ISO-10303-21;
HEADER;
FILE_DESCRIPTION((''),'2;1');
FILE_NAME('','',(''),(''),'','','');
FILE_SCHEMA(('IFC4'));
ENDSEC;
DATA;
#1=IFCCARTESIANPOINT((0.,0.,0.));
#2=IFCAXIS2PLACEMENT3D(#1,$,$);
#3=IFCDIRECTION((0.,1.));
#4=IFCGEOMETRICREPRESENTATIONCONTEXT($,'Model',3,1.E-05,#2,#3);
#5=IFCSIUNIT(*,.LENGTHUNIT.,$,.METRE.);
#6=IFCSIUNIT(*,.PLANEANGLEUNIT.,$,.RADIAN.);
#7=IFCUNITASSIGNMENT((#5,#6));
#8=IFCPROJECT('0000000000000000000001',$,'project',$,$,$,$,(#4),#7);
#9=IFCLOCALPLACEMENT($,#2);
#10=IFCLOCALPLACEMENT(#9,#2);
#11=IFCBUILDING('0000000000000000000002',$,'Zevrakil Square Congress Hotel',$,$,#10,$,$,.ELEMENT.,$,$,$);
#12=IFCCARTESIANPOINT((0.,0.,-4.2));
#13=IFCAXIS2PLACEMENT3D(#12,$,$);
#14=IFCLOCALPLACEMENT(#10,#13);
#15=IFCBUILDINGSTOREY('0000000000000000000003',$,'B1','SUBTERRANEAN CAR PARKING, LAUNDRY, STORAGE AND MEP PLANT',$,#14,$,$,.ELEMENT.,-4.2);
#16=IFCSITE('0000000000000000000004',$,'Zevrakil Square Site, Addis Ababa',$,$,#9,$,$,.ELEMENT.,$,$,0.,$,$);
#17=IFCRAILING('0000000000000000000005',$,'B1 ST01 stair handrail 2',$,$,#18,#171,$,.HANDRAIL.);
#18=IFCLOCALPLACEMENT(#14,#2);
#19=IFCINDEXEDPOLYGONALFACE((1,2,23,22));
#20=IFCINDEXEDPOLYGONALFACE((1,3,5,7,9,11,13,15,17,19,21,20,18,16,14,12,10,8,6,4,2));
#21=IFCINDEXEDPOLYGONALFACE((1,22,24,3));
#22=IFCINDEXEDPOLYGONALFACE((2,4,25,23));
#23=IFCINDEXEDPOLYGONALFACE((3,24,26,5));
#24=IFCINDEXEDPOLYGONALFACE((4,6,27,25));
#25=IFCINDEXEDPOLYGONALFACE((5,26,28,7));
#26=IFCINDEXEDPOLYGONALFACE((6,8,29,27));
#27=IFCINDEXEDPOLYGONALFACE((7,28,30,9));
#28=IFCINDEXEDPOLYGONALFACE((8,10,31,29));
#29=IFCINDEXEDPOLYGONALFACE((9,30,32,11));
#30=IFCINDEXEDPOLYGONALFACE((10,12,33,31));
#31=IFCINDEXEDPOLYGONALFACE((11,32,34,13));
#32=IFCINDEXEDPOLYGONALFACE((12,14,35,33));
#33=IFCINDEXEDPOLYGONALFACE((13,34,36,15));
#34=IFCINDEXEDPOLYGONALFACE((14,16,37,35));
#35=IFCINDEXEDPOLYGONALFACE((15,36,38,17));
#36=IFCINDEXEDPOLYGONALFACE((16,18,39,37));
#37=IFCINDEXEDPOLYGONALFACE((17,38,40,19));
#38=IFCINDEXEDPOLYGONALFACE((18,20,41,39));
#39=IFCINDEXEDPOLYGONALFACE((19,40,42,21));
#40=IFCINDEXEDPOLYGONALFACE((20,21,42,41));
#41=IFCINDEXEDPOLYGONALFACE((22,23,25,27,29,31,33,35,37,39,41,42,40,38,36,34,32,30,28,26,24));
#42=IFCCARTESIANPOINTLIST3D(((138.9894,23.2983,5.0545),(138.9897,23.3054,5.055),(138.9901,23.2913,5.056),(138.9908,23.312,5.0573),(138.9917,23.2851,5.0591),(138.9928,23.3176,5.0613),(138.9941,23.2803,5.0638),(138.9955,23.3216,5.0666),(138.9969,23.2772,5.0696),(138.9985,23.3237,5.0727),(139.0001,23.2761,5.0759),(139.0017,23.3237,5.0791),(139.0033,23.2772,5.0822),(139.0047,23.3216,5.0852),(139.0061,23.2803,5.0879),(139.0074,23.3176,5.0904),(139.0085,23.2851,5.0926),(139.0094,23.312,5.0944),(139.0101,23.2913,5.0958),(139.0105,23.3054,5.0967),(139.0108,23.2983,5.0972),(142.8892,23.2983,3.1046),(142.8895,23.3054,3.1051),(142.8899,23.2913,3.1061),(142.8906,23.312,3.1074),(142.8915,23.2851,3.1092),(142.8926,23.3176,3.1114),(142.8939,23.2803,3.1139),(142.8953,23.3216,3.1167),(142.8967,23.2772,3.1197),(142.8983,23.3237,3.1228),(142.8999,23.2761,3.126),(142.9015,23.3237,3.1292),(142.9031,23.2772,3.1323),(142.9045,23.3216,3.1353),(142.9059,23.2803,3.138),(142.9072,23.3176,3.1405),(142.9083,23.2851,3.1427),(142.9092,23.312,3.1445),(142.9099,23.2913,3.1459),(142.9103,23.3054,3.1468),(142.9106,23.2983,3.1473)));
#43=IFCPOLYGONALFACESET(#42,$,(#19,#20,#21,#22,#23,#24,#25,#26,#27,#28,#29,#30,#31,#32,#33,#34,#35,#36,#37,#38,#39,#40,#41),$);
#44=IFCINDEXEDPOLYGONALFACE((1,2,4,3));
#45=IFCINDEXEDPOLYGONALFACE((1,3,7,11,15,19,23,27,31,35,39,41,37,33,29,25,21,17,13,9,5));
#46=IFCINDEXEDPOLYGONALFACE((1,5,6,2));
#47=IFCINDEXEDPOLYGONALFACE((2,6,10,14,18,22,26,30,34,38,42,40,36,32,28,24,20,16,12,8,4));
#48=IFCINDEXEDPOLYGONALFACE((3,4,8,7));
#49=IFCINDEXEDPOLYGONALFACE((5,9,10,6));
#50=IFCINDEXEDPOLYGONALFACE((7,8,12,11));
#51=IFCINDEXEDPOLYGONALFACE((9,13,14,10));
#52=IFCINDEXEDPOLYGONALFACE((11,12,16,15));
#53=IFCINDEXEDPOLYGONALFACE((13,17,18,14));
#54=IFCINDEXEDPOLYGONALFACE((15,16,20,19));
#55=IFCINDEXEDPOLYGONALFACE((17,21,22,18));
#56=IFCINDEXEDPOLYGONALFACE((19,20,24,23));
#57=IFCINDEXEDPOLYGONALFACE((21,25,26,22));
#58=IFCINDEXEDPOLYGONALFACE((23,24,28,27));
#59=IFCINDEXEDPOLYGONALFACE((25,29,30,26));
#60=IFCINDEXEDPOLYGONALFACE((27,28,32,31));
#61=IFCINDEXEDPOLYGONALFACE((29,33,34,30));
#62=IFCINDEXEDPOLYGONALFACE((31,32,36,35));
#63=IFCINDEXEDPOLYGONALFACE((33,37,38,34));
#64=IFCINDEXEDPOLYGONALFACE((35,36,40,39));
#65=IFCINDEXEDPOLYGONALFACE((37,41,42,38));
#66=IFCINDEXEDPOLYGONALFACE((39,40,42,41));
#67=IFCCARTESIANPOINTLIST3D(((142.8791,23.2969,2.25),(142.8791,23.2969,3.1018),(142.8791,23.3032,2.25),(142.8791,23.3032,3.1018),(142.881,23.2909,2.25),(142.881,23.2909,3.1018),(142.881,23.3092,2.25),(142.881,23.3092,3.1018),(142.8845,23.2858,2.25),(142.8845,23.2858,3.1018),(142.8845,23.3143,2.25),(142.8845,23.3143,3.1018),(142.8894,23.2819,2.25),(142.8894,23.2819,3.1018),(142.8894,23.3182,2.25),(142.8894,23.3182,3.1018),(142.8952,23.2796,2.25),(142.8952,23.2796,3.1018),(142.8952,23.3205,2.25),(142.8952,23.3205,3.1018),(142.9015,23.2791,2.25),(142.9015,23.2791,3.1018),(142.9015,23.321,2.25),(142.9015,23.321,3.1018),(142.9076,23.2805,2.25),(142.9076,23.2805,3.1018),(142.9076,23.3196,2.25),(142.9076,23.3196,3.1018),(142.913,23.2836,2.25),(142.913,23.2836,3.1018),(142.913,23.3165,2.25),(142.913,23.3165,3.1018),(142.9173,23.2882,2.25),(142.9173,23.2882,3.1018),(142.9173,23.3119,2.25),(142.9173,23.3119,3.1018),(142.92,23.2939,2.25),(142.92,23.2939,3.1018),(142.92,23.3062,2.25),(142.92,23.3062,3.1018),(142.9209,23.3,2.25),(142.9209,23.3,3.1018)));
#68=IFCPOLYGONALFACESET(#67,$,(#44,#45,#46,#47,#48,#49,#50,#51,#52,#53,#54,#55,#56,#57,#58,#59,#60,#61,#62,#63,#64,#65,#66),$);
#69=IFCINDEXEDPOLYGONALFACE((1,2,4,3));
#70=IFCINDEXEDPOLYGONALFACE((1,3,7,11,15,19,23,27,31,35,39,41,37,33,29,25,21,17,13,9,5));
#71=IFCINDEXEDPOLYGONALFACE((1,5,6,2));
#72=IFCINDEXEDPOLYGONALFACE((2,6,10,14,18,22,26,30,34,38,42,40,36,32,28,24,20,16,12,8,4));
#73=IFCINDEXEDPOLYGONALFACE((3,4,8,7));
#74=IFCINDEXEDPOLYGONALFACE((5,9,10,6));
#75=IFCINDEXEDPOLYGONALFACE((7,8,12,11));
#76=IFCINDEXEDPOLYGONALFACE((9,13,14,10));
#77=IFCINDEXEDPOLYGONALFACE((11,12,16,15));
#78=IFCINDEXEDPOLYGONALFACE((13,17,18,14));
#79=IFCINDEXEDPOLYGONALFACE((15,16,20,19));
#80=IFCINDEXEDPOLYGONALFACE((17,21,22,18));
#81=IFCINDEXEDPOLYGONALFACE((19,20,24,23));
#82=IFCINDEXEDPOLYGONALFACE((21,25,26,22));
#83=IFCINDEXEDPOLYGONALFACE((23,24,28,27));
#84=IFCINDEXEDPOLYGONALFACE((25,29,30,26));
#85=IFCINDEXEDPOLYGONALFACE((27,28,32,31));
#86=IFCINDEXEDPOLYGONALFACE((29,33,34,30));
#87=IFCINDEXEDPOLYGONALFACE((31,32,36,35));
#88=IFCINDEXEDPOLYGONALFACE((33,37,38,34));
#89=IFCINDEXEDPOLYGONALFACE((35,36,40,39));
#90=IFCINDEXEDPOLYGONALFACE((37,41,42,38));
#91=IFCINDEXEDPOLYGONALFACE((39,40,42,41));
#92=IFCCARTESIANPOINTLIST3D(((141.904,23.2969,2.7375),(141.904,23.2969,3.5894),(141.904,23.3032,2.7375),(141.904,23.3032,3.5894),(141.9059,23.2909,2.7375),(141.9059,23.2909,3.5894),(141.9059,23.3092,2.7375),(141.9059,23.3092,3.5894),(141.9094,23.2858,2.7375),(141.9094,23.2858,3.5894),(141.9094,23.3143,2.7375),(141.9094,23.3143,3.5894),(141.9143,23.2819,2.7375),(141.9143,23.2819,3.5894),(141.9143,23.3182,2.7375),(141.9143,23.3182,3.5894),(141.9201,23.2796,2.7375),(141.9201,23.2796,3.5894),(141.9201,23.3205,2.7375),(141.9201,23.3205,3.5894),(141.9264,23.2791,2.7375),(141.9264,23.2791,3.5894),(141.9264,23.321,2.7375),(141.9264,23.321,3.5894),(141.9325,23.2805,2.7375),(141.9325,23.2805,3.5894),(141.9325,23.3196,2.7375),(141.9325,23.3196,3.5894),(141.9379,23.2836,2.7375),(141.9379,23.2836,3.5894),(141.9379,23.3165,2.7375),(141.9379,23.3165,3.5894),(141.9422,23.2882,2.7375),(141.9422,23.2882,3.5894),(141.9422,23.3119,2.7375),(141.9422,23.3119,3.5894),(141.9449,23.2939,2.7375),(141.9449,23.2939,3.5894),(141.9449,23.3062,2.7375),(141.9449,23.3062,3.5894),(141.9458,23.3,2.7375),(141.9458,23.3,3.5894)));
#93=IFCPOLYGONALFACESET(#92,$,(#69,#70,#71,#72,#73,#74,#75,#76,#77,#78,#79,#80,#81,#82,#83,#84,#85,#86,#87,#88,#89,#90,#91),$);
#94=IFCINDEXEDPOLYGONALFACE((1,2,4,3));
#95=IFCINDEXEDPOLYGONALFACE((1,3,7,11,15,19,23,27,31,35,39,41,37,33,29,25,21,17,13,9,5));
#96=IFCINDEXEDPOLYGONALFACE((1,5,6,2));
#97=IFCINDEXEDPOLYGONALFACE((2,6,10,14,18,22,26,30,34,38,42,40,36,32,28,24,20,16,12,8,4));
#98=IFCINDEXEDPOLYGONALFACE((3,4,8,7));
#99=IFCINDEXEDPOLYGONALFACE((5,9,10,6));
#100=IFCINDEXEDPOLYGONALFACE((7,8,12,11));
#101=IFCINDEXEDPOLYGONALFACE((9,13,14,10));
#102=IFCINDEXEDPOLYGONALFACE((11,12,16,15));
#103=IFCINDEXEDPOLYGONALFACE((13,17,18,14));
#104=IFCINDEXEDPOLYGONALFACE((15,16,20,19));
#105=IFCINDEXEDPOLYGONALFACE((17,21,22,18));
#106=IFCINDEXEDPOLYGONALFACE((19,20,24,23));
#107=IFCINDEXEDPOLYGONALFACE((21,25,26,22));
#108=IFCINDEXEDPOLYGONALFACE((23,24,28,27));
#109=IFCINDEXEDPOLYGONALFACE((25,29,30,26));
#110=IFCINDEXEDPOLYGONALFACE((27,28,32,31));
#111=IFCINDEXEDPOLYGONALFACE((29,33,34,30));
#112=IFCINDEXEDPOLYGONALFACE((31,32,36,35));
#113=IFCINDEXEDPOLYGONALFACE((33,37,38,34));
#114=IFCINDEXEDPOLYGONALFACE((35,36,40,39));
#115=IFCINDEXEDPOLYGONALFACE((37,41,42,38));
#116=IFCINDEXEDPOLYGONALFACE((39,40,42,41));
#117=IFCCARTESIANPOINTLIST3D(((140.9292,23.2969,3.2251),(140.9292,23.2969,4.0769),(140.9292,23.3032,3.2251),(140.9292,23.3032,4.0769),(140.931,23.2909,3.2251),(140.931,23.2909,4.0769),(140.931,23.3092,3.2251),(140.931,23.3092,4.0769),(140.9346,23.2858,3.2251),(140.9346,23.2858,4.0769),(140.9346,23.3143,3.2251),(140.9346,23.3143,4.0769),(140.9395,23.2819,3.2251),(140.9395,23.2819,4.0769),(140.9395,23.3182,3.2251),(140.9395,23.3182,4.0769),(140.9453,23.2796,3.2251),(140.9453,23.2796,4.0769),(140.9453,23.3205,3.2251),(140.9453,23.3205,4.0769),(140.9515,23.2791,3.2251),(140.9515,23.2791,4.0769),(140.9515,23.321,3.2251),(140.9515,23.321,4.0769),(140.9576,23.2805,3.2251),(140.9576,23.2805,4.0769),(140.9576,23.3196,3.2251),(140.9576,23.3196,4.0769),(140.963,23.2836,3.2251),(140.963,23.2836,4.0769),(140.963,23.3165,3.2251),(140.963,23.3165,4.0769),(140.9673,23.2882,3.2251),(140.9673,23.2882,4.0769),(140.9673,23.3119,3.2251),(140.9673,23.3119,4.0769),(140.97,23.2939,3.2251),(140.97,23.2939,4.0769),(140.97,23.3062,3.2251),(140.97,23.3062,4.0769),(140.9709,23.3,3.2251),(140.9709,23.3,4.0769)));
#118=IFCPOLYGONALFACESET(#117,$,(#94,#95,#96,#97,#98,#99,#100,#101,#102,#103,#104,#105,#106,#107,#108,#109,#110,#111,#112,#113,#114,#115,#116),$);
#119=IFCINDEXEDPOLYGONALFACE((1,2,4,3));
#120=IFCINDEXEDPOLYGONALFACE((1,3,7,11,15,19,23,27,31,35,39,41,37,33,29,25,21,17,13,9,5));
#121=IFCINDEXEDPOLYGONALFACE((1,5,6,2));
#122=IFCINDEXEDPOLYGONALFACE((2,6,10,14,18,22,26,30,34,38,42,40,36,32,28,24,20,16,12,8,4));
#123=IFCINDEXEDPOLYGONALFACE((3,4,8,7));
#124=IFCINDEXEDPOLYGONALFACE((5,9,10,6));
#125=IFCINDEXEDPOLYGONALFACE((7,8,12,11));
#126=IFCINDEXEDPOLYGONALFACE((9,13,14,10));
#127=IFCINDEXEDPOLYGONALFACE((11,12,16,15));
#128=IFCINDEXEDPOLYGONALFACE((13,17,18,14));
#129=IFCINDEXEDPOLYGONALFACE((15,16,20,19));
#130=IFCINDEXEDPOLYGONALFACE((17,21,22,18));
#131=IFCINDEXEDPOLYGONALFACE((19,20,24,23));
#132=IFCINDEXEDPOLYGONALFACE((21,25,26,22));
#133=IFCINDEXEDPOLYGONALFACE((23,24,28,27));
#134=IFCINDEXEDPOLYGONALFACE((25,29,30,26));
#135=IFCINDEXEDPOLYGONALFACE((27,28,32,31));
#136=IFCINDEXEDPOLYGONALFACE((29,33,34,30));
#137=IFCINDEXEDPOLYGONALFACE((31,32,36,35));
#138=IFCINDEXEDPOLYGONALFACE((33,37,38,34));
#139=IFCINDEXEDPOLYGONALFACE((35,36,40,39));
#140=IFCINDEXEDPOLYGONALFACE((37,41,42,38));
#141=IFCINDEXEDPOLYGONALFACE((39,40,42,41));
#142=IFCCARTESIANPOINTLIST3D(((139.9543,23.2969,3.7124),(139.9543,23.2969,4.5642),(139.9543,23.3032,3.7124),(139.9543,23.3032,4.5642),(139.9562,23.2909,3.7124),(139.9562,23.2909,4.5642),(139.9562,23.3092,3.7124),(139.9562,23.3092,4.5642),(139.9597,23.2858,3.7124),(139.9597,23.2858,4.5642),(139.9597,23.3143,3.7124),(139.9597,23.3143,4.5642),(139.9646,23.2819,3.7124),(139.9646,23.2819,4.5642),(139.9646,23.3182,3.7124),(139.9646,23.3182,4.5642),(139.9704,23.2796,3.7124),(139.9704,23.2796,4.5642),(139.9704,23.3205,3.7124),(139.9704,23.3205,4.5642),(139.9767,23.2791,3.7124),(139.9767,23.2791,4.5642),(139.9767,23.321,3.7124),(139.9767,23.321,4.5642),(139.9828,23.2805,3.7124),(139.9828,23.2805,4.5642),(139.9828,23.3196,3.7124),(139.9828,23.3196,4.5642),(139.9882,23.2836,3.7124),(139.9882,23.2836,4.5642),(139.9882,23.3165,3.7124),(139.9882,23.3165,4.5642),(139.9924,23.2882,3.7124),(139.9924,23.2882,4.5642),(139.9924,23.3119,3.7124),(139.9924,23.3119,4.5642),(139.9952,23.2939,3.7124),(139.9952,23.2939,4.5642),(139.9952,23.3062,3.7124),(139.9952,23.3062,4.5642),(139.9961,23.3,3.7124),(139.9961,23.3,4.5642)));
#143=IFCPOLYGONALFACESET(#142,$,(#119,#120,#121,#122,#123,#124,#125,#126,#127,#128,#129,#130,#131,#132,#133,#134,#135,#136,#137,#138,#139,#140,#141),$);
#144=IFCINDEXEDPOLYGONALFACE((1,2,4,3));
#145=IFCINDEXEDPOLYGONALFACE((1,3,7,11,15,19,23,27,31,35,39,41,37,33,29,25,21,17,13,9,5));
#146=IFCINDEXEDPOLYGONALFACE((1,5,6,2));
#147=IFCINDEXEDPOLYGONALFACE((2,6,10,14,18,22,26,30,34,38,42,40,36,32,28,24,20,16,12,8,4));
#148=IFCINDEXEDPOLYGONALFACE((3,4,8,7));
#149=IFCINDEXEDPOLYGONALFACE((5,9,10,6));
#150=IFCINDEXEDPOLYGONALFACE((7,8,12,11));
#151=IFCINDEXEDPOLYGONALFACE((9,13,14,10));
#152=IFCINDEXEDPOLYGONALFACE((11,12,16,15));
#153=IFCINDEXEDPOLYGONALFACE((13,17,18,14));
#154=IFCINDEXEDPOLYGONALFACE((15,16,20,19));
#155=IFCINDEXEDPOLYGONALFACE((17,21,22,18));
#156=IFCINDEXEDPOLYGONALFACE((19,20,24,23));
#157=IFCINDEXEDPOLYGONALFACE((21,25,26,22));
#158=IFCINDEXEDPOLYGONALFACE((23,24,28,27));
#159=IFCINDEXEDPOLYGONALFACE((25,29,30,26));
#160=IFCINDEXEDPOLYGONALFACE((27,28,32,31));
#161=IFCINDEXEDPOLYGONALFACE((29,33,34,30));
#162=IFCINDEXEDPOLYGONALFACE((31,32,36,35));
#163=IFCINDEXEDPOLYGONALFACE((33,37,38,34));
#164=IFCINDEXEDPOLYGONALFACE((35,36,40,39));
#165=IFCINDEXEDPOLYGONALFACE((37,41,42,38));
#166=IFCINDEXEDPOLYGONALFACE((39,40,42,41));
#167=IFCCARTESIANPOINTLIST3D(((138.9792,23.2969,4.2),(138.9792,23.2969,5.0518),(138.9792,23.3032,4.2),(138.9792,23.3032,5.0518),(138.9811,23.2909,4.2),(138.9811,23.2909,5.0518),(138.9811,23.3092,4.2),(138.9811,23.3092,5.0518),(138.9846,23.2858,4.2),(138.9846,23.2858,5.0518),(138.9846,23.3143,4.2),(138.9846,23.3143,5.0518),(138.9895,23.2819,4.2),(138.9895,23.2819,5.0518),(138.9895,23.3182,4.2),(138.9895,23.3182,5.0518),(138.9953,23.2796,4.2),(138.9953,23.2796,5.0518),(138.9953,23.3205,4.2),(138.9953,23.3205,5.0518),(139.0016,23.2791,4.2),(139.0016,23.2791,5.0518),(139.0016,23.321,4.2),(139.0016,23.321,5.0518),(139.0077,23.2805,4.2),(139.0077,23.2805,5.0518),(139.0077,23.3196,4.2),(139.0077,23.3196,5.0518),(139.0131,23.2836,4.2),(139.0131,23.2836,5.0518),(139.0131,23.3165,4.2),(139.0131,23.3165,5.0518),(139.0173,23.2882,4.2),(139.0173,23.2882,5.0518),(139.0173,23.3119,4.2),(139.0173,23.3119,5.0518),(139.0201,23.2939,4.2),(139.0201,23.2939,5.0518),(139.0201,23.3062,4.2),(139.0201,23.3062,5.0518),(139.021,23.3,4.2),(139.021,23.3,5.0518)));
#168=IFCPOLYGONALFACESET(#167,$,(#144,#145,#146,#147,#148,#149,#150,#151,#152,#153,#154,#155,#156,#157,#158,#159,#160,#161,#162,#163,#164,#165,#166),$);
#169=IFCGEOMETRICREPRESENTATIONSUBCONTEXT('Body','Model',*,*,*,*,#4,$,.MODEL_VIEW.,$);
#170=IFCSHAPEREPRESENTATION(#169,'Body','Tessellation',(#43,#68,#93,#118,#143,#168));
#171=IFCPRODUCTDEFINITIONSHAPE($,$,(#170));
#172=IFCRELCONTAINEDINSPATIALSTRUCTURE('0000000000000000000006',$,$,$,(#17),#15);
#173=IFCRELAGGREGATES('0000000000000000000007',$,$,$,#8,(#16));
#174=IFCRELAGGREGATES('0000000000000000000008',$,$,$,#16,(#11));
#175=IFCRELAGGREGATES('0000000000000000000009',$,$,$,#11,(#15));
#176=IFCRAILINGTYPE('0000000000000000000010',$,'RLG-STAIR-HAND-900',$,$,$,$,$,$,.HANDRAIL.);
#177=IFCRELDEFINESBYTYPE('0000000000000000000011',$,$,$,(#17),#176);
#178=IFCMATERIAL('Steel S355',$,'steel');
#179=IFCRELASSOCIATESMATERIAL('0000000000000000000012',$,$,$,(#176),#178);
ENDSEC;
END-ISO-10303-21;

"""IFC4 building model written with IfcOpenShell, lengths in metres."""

from ifc_helpers import new_model, si_unit, direction, frame, origin, origin_2d, place, context, subcontext, project, spatial, circle, extrude, material, type_object, element, save


model = new_model("IFC4")

# Units and contexts
model_context = context("Model", 3, precision=1e-05, world=origin(), true_north=direction((0.0, 1.0)))
body_context = subcontext(model_context, "Body", "Model", "MODEL_VIEW")
ifc_project = project(units=[si_unit("LENGTHUNIT", "METRE"), si_unit("PLANEANGLEUNIT", "RADIAN")], contexts=[model_context])

# Site, building, storey
site_placement = place(None, origin())
site = spatial("IfcSite", under=ifc_project, at=site_placement, Name="Zevrakil Square Site, Addis Ababa", CompositionType="ELEMENT", RefElevation=0.0)
building_placement = place(site_placement, origin())
building = spatial("IfcBuilding", under=site, at=building_placement, Name="Zevrakil Square Congress Hotel", CompositionType="ELEMENT")
storey_placement = place(building_placement, frame((0.0, 0.0, -4.2)))
storey = spatial("IfcBuildingStorey", under=building, at=storey_placement, Name="B1", Description="SUBTERRANEAN CAR PARKING, LAUNDRY, STORAGE AND MEP PLANT", CompositionType="ELEMENT", Elevation=-4.2)

# Railing
ifc_material_1 = material(Name="Steel S355", Category="steel")
railing_type_1 = type_object("IfcRailingType", Name="RLG-STAIR-HAND-900", PredefinedType="HANDRAIL", material=ifc_material_1)
railing_1_placement = place(storey_placement, frame((142.8999, 23.3, 2.25)))
element("IfcRailing", 1, at=railing_1_placement, inside=storey, type_object=railing_type_1, Name="B1 ST01 stair handrail 2", PredefinedType="HANDRAIL", context=body_context, shape_type="SweptSolid", body=[
    extrude(circle(Radius=0.0239, at=origin_2d()), frame((0.0, 0.0, 0.876), z_axis=(-0.894427, 0.0, 0.447214), x_axis=(0.0, -1.0, 0.0)), (0.0, 0.0, 1.0), 4.3601),
    extrude(circle(Radius=0.021, at=origin_2d()), origin(), (0.0, 0.0, 1.0), 0.8518),
    extrude(circle(Radius=0.021, at=origin_2d()), frame((-0.9751, 0.0, 0.4875)), (0.0, 0.0, 1.0), 0.8518),
    extrude(circle(Radius=0.021, at=origin_2d()), frame((-1.95, 0.0, 0.9751)), (0.0, 0.0, 1.0), 0.8518),
    extrude(circle(Radius=0.021, at=origin_2d()), frame((-2.9248, 0.0, 1.4624)), (0.0, 0.0, 1.0), 0.8518),
    extrude(circle(Radius=0.021, at=origin_2d()), frame((-3.8999, 0.0, 1.95)), (0.0, 0.0, 1.0), 0.8518),
])

save(model, "model.ifc")
